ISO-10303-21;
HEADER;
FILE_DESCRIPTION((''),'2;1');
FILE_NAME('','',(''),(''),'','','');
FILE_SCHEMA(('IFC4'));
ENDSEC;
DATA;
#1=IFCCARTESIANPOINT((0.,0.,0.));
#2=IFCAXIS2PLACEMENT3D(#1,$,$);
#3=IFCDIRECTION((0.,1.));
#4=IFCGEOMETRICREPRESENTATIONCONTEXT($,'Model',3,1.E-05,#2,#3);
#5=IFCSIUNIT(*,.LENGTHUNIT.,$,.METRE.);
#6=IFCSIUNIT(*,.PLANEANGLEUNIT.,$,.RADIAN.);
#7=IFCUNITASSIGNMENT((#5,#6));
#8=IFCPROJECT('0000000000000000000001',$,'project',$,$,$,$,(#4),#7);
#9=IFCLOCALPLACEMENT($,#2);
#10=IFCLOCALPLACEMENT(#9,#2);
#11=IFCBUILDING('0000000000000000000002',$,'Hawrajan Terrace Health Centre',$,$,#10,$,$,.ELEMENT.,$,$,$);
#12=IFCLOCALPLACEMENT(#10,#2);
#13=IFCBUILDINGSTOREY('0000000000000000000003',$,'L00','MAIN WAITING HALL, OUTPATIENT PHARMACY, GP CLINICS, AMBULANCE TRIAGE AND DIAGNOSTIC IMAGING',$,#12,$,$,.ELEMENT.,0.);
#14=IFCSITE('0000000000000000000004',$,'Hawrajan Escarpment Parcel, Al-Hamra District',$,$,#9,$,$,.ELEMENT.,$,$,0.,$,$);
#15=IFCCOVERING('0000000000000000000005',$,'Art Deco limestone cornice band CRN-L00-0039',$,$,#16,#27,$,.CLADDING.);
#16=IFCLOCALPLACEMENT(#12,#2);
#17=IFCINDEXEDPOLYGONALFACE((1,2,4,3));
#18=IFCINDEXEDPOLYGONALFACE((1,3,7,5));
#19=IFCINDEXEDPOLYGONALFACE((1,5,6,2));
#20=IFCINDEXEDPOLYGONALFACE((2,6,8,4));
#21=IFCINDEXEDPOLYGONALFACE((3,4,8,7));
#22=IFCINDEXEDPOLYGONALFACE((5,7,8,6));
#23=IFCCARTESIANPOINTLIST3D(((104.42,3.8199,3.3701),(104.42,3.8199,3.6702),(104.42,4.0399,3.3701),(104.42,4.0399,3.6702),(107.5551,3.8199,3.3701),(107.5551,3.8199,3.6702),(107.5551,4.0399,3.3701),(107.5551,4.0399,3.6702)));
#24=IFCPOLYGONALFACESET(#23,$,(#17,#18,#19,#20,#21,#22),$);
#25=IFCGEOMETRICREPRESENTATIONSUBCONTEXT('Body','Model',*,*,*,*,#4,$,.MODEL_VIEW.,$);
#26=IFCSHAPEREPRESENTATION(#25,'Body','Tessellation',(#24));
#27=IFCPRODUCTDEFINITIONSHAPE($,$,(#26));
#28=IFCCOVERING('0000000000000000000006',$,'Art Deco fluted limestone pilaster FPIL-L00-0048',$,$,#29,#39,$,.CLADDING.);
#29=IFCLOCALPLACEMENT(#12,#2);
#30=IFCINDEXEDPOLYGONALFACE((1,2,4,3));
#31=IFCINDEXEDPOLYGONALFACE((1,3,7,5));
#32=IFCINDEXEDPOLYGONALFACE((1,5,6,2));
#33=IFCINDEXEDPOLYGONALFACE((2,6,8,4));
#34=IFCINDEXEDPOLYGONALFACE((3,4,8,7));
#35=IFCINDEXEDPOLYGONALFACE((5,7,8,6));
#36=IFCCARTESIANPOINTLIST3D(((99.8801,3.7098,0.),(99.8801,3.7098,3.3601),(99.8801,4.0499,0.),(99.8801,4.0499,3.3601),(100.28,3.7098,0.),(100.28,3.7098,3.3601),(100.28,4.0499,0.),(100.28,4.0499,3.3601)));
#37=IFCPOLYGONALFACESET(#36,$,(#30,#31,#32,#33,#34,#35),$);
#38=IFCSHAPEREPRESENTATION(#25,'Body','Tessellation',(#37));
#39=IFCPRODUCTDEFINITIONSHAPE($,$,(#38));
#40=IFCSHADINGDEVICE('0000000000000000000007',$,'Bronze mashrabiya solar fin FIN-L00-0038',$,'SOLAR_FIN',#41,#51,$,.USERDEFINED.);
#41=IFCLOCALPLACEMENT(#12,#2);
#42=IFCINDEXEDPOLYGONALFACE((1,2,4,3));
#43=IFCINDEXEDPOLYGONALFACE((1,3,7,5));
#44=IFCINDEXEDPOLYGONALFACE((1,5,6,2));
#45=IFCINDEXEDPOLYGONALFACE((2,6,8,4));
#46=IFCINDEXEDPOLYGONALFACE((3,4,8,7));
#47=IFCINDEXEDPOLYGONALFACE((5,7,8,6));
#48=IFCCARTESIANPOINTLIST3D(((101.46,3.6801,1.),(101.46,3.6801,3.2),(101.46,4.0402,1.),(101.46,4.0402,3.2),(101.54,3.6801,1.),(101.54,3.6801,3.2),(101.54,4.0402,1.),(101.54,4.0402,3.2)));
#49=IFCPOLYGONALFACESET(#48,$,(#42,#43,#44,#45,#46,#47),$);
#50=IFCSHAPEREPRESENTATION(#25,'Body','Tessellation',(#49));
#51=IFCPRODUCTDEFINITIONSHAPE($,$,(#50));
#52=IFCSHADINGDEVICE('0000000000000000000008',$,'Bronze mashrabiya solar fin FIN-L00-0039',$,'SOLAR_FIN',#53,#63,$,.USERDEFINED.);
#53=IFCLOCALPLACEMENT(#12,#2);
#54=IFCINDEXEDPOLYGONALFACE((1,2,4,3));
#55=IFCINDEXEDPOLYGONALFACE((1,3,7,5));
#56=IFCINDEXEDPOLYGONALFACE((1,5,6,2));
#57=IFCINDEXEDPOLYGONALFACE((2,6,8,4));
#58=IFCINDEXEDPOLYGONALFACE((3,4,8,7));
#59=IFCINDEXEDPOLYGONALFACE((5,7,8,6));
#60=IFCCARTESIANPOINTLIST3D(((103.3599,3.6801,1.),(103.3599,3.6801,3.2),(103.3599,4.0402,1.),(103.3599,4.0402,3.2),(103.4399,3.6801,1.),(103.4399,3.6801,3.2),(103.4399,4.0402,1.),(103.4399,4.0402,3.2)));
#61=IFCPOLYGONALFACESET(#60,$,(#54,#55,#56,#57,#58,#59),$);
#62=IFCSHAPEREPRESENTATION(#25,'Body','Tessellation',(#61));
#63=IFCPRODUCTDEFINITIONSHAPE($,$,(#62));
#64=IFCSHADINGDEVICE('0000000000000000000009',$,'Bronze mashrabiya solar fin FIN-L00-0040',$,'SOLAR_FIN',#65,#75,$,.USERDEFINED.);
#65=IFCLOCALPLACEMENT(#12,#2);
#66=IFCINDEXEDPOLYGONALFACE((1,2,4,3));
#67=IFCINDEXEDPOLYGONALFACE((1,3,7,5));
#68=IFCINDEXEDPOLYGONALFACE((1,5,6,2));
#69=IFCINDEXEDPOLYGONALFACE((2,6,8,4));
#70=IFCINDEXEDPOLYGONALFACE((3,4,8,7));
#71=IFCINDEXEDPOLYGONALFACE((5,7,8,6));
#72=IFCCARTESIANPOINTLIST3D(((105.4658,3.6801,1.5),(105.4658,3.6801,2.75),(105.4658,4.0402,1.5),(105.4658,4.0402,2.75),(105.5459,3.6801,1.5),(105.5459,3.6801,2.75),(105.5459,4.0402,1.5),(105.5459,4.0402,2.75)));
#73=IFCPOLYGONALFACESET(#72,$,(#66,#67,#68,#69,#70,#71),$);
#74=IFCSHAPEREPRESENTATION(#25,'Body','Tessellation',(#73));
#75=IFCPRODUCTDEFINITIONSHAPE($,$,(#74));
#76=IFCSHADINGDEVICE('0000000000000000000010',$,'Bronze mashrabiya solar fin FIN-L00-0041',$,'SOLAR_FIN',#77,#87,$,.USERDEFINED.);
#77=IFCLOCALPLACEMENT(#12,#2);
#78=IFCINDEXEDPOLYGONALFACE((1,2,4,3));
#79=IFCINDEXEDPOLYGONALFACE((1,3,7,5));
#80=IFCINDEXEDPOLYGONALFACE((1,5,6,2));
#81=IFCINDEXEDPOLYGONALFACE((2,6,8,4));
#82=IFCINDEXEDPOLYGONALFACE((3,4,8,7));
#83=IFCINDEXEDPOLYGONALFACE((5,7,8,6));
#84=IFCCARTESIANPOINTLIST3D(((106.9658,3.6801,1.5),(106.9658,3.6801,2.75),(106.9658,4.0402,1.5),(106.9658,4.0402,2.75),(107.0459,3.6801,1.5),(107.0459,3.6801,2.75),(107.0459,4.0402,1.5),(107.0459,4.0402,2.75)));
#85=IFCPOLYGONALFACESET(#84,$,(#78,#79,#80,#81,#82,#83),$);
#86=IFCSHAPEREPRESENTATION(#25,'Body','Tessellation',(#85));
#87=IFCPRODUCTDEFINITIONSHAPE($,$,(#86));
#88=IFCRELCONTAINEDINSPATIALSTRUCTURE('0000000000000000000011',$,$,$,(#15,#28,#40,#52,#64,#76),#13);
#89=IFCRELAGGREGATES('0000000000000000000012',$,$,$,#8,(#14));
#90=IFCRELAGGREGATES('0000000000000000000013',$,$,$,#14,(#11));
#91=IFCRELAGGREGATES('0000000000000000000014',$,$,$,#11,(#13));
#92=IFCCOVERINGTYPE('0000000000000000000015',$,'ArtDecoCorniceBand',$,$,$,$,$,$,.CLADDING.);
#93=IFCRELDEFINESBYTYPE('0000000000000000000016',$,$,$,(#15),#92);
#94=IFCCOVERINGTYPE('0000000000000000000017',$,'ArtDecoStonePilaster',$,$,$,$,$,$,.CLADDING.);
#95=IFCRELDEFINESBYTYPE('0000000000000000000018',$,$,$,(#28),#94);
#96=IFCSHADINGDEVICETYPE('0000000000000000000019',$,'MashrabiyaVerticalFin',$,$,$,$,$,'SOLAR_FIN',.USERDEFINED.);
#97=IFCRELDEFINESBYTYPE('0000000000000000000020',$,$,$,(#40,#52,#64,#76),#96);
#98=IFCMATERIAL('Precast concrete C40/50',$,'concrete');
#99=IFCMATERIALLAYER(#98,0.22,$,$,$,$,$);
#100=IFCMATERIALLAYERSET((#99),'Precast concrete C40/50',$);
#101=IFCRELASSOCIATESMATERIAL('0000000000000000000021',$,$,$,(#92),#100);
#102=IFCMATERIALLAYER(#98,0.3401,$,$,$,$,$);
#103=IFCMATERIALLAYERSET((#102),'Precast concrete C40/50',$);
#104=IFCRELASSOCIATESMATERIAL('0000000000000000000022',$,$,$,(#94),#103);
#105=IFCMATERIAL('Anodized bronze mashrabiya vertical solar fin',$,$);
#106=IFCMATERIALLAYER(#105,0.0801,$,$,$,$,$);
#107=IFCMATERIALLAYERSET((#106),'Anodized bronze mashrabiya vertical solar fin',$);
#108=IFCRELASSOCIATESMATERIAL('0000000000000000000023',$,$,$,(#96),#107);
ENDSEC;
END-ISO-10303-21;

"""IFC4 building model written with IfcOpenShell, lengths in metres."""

from ifc_helpers import new_model, si_unit, direction, frame, origin, origin_2d, place, context, subcontext, project, spatial, rectangle, extrude, material, layer, layer_set, type_object, element, save


model = new_model("IFC4")

# Units and contexts
model_context = context("Model", 3, precision=1e-05, world=origin(), true_north=direction((0.0, 1.0)))
body_context = subcontext(model_context, "Body", "Model", "MODEL_VIEW")
ifc_project = project(units=[si_unit("LENGTHUNIT", "METRE"), si_unit("PLANEANGLEUNIT", "RADIAN")], contexts=[model_context])

# Site, building, storey
site_placement = place(None, origin())
site = spatial("IfcSite", under=ifc_project, at=site_placement, Name="Hawrajan Escarpment Parcel, Al-Hamra District", CompositionType="ELEMENT", RefElevation=0.0)
building_placement = place(site_placement, origin())
building = spatial("IfcBuilding", under=site, at=building_placement, Name="Hawrajan Terrace Health Centre", CompositionType="ELEMENT")
storey_placement = place(building_placement, origin())
storey = spatial("IfcBuildingStorey", under=building, at=storey_placement, Name="L00", Description="MAIN WAITING HALL, OUTPATIENT PHARMACY, GP CLINICS, AMBULANCE TRIAGE AND DIAGNOSTIC IMAGING", CompositionType="ELEMENT", Elevation=0.0)

# Shared definitions
ifc_material_1 = material(Name="Precast concrete C40/50", Category="concrete")

# Coverings
ifc_layer_1 = layer(ifc_material_1, 0.22)
ifc_layer_set_1 = layer_set([ifc_layer_1], Name="Precast concrete C40/50")
covering_type_1 = type_object("IfcCoveringType", Name="ArtDecoCorniceBand", PredefinedType="CLADDING", material=ifc_layer_set_1)
covering_1_placement = place(storey_placement, frame((105.9875, 3.9299, 3.3701), z_axis=(0.0, 0.0, 1.0), x_axis=(1.0, 0.0, 0.0)))
element("IfcCovering", 1, at=covering_1_placement, inside=storey, type_object=covering_type_1, Name="Art Deco limestone cornice band CRN-L00-0039", PredefinedType="CLADDING", context=body_context, shape_type="SweptSolid", body=[
    extrude(rectangle(XDim=3.135, YDim=0.22, at=origin_2d()), origin(), (0.0, 0.0, 1.0), 0.3),
])
ifc_layer_2 = layer(ifc_material_1, 0.3401)
ifc_layer_set_2 = layer_set([ifc_layer_2], Name="Precast concrete C40/50")
covering_type_2 = type_object("IfcCoveringType", Name="ArtDecoStonePilaster", PredefinedType="CLADDING", material=ifc_layer_set_2)
covering_2_placement = place(storey_placement, frame((100.0801, 3.8799, 0.0), z_axis=(0.0, 0.0, 1.0), x_axis=(1.0, 0.0, 0.0)))
element("IfcCovering", 2, at=covering_2_placement, inside=storey, type_object=covering_type_2, Name="Art Deco fluted limestone pilaster FPIL-L00-0048", PredefinedType="CLADDING", context=body_context, shape_type="SweptSolid", body=[
    extrude(rectangle(XDim=0.3999, YDim=0.3401, at=origin_2d()), origin(), (0.0, 0.0, 1.0), 3.3601),
])

# Shading devices
ifc_material_2 = material(Name="Anodized bronze mashrabiya vertical solar fin")
ifc_layer_3 = layer(ifc_material_2, 0.0801)
ifc_layer_set_3 = layer_set([ifc_layer_3], Name="Anodized bronze mashrabiya vertical solar fin")
shading_device_type = type_object("IfcShadingDeviceType", Name="MashrabiyaVerticalFin", ElementType="SOLAR_FIN", PredefinedType="USERDEFINED", material=ifc_layer_set_3)
for number, where, z_axis, x_axis, name in (
    (3, (101.5, 3.8601, 1.0), (0.0, 0.0, 1.0), (1.0, 0.0, 0.0), "Bronze mashrabiya solar fin FIN-L00-0038"),
    (4, (103.3999, 3.8601, 1.0), (0.0, 0.0, 1.0), (1.0, 0.0, 0.0), "Bronze mashrabiya solar fin FIN-L00-0039"),
):
    element("IfcShadingDevice", number, at=place(storey_placement, frame(where, z_axis=z_axis, x_axis=x_axis)), inside=storey, type_object=shading_device_type, Name=name, ObjectType="SOLAR_FIN", PredefinedType="USERDEFINED", context=body_context, shape_type="SweptSolid", body=[
        extrude(rectangle(XDim=0.0801, YDim=0.3601, at=origin_2d()), origin(), (0.0, 0.0, 1.0), 2.2),
    ])
for number, where, z_axis, x_axis, name in (
    (5, (105.5059, 3.8601, 1.5), (0.0, 0.0, 1.0), (1.0, 0.0, 0.0), "Bronze mashrabiya solar fin FIN-L00-0040"),
    (6, (107.0059, 3.8601, 1.5), (0.0, 0.0, 1.0), (1.0, 0.0, 0.0), "Bronze mashrabiya solar fin FIN-L00-0041"),
):
    element("IfcShadingDevice", number, at=place(storey_placement, frame(where, z_axis=z_axis, x_axis=x_axis)), inside=storey, type_object=shading_device_type, Name=name, ObjectType="SOLAR_FIN", PredefinedType="USERDEFINED", context=body_context, shape_type="SweptSolid", body=[
        extrude(rectangle(XDim=0.0801, YDim=0.3601, at=origin_2d()), origin(), (0.0, 0.0, 1.0), 1.25),
    ])

save(model, "model.ifc")
